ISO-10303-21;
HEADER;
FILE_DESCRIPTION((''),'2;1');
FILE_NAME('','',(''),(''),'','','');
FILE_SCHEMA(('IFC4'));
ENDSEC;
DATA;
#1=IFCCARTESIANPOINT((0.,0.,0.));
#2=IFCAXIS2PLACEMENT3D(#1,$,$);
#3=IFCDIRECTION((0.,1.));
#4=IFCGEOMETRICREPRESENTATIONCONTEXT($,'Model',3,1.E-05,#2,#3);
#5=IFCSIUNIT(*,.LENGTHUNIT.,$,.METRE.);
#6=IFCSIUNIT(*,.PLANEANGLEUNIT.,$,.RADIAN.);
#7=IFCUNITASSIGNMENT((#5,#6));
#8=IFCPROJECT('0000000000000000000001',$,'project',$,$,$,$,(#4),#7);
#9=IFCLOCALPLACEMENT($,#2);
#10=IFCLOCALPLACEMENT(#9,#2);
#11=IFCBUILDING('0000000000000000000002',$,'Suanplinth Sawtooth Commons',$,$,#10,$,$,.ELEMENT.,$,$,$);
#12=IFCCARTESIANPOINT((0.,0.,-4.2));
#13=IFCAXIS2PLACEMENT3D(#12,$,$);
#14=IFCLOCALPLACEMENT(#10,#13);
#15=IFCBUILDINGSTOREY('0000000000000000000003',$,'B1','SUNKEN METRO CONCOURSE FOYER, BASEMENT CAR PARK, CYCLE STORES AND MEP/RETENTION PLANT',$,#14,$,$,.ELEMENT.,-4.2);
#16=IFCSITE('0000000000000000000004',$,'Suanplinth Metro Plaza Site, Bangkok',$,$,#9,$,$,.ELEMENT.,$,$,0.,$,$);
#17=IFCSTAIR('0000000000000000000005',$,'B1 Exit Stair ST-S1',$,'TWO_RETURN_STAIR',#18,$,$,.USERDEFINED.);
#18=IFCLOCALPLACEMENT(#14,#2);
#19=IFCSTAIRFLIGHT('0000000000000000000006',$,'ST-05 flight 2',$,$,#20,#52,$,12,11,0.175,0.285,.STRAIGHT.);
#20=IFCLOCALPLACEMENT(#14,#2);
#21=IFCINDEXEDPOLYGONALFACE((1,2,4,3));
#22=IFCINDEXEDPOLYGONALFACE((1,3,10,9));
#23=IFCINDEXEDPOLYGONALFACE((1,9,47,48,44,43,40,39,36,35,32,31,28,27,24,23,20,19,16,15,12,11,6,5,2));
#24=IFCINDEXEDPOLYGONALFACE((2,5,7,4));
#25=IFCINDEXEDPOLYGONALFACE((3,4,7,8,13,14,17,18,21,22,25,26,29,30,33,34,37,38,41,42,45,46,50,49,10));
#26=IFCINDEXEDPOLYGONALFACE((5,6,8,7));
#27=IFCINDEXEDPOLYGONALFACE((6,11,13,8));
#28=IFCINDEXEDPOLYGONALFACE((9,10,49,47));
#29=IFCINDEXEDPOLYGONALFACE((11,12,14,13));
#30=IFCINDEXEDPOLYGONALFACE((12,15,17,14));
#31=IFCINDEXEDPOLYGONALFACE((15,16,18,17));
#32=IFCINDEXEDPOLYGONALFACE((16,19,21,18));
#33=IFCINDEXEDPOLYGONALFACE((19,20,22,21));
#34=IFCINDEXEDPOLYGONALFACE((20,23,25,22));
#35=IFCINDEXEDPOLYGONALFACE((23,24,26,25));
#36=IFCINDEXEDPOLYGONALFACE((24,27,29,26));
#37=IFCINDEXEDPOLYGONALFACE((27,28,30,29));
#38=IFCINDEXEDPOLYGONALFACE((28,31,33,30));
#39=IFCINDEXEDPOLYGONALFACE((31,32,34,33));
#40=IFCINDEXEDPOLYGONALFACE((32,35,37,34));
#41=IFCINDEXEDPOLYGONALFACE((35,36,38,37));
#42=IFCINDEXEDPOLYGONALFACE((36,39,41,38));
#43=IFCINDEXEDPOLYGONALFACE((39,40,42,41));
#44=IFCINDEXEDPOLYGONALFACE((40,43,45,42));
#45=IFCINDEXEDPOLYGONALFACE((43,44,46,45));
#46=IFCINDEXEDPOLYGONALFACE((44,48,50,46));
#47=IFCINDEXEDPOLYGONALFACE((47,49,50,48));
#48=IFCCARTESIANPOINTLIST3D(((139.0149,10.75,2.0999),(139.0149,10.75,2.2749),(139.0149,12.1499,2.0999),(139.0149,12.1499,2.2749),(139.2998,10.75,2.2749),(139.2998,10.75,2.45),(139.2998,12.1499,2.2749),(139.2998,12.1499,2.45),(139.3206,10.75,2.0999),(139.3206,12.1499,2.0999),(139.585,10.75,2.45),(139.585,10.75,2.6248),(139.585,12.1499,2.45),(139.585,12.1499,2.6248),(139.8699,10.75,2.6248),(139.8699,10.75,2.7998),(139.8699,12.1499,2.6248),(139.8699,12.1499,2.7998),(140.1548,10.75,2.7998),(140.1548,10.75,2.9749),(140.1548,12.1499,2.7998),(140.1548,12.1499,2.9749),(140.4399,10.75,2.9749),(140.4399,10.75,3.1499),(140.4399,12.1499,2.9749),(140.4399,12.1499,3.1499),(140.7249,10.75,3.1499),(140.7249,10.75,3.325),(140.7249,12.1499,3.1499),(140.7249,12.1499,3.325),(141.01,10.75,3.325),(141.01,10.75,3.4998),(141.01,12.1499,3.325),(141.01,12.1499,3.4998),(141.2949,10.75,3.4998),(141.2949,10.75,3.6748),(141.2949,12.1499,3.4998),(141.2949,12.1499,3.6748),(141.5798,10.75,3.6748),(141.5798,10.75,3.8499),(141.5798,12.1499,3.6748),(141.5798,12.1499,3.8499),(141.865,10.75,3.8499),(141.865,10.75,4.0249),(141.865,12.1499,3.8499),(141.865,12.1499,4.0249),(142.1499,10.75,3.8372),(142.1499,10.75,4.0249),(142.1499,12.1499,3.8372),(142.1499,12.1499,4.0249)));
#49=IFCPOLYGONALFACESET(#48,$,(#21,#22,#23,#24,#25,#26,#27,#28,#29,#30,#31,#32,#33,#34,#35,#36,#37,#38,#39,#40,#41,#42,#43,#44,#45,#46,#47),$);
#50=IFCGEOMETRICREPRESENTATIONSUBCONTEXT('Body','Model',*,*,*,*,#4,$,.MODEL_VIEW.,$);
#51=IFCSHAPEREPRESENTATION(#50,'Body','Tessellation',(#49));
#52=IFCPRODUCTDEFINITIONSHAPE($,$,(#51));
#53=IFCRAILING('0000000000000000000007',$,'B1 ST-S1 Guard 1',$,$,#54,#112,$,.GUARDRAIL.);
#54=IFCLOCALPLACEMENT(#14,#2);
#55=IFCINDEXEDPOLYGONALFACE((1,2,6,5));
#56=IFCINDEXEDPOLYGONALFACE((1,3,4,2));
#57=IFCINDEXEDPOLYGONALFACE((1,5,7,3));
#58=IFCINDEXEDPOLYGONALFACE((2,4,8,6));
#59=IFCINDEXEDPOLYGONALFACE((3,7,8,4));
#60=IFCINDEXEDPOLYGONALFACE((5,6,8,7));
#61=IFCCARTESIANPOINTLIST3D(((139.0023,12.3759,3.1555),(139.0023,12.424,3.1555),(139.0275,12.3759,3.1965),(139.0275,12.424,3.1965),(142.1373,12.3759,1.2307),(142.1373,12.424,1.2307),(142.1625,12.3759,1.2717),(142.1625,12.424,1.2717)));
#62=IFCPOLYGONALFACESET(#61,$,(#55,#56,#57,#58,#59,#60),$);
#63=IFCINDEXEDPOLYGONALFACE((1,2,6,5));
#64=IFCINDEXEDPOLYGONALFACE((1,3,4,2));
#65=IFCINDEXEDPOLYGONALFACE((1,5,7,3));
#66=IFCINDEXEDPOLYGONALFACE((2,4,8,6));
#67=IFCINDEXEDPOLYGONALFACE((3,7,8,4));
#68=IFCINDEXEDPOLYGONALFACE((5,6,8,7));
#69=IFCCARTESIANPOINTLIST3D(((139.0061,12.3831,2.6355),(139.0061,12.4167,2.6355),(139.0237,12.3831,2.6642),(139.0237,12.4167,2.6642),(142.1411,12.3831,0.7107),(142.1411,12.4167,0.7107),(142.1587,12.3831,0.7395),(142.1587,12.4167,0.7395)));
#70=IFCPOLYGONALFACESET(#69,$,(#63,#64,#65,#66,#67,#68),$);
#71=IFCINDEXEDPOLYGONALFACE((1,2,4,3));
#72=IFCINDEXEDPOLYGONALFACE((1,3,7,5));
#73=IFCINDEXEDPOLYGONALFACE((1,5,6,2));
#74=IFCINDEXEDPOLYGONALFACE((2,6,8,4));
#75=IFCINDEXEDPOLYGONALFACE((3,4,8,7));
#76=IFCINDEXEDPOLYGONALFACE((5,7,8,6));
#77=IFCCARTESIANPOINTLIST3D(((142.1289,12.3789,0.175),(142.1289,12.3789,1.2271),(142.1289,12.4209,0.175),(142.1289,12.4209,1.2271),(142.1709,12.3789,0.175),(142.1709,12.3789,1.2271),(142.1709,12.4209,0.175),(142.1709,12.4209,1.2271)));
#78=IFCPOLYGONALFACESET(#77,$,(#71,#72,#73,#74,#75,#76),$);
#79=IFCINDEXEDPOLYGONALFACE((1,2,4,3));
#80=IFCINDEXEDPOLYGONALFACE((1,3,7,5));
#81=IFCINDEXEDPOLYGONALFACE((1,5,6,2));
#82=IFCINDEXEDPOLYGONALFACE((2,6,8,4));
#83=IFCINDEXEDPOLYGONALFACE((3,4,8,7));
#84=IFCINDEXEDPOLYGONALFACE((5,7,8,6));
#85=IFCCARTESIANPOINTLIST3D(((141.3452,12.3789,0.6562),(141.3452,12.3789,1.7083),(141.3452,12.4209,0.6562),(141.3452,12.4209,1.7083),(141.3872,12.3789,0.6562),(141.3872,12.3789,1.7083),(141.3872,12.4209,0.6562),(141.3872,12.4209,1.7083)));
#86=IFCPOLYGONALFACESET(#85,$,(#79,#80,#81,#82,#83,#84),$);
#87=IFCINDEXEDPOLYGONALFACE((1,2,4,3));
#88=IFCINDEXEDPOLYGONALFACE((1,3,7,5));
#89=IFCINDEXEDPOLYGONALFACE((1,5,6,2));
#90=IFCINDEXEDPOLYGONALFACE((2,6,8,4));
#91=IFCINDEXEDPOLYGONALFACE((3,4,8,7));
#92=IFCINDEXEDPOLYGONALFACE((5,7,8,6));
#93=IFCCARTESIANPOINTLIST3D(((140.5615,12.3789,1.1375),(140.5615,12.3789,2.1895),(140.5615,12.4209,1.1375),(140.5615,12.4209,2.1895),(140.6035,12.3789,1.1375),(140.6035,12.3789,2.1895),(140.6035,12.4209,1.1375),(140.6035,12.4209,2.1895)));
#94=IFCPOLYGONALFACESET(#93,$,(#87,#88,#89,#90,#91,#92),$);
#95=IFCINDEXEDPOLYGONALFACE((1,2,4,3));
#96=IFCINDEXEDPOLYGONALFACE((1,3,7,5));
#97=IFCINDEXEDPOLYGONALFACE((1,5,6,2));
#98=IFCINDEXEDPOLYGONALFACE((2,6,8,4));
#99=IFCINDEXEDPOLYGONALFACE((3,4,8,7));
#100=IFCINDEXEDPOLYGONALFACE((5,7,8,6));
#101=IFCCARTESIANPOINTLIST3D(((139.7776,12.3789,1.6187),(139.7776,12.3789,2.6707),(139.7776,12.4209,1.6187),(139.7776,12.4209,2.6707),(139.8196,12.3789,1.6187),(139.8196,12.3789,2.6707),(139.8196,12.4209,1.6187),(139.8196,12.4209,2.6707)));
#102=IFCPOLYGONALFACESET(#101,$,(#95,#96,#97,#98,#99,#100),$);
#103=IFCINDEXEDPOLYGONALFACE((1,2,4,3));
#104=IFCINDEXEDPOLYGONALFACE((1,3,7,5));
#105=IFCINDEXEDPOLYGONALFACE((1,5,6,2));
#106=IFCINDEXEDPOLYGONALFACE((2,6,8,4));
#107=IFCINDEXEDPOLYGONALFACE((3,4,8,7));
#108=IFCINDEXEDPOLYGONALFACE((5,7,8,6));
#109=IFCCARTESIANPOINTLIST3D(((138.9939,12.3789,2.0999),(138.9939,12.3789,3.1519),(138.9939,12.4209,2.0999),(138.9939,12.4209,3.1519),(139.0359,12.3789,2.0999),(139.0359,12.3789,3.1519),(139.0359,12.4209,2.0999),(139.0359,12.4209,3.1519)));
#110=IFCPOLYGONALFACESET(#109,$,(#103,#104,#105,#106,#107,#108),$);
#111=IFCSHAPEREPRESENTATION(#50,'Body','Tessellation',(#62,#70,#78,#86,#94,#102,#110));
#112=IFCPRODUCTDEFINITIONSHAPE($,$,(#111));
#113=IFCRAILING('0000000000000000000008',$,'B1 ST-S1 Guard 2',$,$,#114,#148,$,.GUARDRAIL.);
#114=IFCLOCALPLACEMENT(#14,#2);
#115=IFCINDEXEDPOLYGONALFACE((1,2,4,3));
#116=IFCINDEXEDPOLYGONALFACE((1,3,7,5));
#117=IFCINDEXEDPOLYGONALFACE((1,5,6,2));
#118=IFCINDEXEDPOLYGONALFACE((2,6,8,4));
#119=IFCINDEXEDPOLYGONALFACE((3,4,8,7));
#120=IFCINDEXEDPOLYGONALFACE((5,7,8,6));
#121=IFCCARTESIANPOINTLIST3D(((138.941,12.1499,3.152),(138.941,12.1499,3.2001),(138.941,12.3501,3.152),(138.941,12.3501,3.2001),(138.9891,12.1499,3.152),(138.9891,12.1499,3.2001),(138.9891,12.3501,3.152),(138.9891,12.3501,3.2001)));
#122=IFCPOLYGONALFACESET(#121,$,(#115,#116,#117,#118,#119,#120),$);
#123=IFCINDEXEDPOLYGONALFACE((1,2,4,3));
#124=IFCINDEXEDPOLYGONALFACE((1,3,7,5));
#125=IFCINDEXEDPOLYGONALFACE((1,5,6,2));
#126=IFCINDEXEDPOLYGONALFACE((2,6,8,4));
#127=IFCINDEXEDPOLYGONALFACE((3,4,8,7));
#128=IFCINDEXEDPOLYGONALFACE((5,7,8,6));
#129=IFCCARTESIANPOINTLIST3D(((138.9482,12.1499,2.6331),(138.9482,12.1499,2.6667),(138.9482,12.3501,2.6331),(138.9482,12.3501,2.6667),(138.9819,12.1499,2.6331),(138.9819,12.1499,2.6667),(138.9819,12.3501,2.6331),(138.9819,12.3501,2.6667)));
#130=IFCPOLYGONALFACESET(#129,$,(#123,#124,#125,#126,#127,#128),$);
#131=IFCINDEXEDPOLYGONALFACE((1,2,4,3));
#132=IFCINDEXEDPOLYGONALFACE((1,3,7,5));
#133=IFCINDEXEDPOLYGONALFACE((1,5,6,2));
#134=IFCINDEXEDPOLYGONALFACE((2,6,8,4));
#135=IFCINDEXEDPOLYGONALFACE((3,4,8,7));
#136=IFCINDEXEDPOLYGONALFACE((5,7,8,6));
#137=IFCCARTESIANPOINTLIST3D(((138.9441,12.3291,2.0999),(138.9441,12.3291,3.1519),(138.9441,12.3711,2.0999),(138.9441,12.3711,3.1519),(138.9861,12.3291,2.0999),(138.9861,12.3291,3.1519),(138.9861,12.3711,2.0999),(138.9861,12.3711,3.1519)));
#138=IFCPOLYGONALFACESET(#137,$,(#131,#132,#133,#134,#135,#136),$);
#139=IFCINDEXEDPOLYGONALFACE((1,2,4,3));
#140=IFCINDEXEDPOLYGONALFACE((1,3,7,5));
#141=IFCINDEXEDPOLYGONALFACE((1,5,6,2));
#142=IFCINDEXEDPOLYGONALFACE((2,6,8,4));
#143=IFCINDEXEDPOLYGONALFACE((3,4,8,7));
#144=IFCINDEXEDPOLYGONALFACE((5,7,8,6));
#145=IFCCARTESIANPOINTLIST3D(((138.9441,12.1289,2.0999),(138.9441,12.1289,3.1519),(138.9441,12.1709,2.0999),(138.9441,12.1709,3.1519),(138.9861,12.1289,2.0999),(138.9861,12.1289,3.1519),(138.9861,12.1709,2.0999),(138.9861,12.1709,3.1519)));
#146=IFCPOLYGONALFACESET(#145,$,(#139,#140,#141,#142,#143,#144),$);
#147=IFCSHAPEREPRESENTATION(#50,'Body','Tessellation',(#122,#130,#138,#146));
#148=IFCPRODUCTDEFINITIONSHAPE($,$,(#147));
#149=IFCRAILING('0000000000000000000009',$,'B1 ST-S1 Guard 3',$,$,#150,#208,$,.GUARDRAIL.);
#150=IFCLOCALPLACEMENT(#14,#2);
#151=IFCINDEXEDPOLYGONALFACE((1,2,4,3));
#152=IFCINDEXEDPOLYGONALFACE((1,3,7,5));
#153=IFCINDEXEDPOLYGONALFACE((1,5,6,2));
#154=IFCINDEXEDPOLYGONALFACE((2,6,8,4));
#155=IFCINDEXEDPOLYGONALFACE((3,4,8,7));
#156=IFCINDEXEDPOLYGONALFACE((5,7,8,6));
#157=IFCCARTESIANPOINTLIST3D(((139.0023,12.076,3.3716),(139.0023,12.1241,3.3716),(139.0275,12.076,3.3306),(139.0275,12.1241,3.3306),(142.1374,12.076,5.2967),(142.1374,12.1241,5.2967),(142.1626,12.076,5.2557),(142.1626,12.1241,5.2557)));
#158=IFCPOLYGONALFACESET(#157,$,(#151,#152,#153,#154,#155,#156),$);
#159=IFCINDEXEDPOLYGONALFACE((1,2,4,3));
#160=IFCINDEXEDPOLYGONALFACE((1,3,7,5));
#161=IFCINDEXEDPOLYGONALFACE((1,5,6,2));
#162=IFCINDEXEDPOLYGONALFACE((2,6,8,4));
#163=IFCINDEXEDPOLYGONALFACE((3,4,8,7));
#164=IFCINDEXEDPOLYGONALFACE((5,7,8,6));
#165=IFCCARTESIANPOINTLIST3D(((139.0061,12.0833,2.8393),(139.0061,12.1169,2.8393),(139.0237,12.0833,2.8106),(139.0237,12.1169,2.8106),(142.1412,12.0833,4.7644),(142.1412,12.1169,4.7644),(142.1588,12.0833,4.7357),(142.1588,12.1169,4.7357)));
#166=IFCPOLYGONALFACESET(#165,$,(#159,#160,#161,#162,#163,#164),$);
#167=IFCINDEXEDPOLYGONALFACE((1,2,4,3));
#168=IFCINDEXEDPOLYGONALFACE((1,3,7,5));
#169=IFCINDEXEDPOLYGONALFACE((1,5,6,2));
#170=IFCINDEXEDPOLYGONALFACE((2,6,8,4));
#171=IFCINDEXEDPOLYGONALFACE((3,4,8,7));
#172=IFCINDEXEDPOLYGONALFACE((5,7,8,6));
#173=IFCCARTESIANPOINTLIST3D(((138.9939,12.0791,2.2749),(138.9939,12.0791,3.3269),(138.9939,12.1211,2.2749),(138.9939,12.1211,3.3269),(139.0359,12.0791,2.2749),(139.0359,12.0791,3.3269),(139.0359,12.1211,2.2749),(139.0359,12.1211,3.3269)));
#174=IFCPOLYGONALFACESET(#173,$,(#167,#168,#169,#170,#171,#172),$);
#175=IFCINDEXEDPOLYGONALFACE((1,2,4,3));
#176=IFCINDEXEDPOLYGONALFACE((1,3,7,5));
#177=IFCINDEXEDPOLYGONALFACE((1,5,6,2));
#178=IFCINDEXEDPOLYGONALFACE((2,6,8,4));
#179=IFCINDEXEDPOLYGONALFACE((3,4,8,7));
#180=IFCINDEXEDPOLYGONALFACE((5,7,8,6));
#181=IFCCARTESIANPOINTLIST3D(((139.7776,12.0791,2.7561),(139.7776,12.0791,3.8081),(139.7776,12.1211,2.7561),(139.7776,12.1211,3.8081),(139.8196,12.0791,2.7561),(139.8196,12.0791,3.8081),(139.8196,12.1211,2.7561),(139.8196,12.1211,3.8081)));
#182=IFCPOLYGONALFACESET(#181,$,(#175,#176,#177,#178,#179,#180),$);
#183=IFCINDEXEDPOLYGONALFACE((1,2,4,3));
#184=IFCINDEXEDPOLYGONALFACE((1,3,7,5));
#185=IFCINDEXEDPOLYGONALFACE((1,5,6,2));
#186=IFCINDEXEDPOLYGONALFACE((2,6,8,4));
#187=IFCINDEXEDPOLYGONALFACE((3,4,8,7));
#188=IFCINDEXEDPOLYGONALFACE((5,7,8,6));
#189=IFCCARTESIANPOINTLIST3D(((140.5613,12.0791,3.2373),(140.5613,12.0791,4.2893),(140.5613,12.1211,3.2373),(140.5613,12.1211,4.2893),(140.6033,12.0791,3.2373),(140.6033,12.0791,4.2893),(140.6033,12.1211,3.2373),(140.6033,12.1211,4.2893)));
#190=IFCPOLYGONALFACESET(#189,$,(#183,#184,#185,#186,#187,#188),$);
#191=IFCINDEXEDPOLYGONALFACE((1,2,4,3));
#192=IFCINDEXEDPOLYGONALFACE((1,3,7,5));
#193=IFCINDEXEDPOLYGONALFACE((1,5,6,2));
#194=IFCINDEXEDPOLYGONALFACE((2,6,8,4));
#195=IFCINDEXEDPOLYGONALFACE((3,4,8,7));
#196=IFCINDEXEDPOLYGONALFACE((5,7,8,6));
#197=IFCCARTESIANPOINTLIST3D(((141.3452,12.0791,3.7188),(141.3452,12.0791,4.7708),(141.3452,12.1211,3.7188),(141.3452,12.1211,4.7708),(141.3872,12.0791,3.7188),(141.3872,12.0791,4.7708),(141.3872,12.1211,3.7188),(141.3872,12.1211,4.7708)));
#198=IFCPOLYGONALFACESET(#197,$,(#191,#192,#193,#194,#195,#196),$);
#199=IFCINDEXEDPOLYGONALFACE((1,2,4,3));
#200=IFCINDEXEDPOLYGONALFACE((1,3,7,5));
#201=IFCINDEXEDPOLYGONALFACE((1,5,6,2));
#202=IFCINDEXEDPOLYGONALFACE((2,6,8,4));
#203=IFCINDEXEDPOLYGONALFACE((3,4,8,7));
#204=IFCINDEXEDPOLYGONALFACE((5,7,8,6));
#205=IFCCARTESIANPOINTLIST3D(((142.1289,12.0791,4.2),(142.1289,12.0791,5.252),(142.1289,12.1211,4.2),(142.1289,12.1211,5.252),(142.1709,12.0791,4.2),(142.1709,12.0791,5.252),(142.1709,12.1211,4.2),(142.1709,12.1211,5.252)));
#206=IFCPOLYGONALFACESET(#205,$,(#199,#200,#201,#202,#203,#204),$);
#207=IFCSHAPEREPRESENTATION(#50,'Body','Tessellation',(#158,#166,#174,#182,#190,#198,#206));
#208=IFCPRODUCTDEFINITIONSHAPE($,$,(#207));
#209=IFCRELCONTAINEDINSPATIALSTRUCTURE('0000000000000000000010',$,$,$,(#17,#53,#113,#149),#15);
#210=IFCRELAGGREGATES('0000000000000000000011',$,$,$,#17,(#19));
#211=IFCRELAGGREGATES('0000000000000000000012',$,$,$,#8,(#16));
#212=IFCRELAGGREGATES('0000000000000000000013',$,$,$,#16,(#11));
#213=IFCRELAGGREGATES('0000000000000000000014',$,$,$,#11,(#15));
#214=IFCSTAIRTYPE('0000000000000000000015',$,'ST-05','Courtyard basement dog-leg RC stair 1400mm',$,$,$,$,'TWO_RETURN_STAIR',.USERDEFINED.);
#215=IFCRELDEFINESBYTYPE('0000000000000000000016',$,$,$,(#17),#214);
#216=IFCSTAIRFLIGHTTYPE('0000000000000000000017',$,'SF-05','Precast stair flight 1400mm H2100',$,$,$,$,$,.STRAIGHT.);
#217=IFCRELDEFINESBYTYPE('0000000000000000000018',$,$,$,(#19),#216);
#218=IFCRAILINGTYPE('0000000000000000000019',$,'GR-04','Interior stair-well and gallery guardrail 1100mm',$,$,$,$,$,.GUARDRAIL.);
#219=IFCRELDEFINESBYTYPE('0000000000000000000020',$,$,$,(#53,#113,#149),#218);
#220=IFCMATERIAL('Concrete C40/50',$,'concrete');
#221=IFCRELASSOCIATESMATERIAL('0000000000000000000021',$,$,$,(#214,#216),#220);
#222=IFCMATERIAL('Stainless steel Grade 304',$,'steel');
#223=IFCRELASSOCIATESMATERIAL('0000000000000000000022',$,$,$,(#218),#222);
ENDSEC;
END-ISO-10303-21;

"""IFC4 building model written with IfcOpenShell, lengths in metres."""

from ifc_helpers import new_model, si_unit, direction, frame, origin, origin_2d, place, context, subcontext, project, spatial, polyline, rectangle, outline, extrude, material, type_object, element, aggregate, save


model = new_model("IFC4")

# Units and contexts
model_context = context("Model", 3, precision=1e-05, world=origin(), true_north=direction((0.0, 1.0)))
body_context = subcontext(model_context, "Body", "Model", "MODEL_VIEW")
ifc_project = project(units=[si_unit("LENGTHUNIT", "METRE"), si_unit("PLANEANGLEUNIT", "RADIAN")], contexts=[model_context])

# Site, building, storey
site_placement = place(None, origin())
site = spatial("IfcSite", under=ifc_project, at=site_placement, Name="Suanplinth Metro Plaza Site, Bangkok", CompositionType="ELEMENT", RefElevation=0.0)
building_placement = place(site_placement, origin())
building = spatial("IfcBuilding", under=site, at=building_placement, Name="Suanplinth Sawtooth Commons", CompositionType="ELEMENT")
storey_placement = place(building_placement, frame((0.0, 0.0, -4.2)))
storey = spatial("IfcBuildingStorey", under=building, at=storey_placement, Name="B1", Description="SUNKEN METRO CONCOURSE FOYER, BASEMENT CAR PARK, CYCLE STORES AND MEP/RETENTION PLANT", CompositionType="ELEMENT", Elevation=-4.2)

# Shared definitions
ifc_material_1 = material(Name="Concrete C40/50", Category="concrete")

# Shared definitions
ifc_material_2 = material(Name="Stainless steel Grade 304", Category="steel")

# Stair, stair flight
stair_type = type_object("IfcStairType", Name="ST-05", Description="Courtyard basement dog-leg RC stair 1400mm", ElementType="TWO_RETURN_STAIR", PredefinedType="USERDEFINED", material=ifc_material_1)
stair_placement = place(storey_placement, origin())
stair = element("IfcStair", 1, at=stair_placement, inside=storey, type_object=stair_type, Name="B1 Exit Stair ST-S1", ObjectType="TWO_RETURN_STAIR", PredefinedType="USERDEFINED")
stair_flight_type = type_object("IfcStairFlightType", Name="SF-05", Description="Precast stair flight 1400mm H2100", PredefinedType="STRAIGHT", material=ifc_material_1)
stair_flight_1_placement = place(storey_placement, frame((139.0149, 11.45, 2.0999), z_axis=(0.0, 0.0, 1.0), x_axis=(1.0, 0.0, 0.0)))
stair_flight_1 = element("IfcStairFlight", 2, at=stair_flight_1_placement, type_object=stair_flight_type, Name="ST-05 flight 2", NumberOfRisers=12, NumberOfTreads=11, PredefinedType="STRAIGHT", RiserHeight=0.175, TreadLength=0.285, context=body_context, shape_type="SweptSolid", body=[
    extrude(outline(polyline([(0.0, 0.0), (0.0, 0.175), (0.2849, 0.175), (0.2849, 0.3501), (0.5701, 0.3501), (0.5701, 0.5249), (0.855, 0.5249), (0.855, 0.7), (1.1399, 0.7), (1.1399, 0.875), (1.425, 0.875), (1.425, 1.05), (1.71, 1.05), (1.71, 1.2251), (1.9951, 1.2251), (1.9951, 1.3999), (2.28, 1.3999), (2.28, 1.575), (2.5649, 1.575), (2.5649, 1.75), (2.8501, 1.75), (2.8501, 1.925), (3.135, 1.925), (3.135, 2.1001), (3.135, 1.7373), (0.3057, 0.0), (0.0, 0.0)])), frame((0.0, 0.7, 0.0), z_axis=(0.0, -1.0, 0.0), x_axis=(1.0, 0.0, 0.0)), (0.0, 0.0, 1.0), 1.3999),
])
aggregate(stair, [stair_flight_1])

# Railings
railing_type_1 = type_object("IfcRailingType", Name="GR-04", Description="Interior stair-well and gallery guardrail 1100mm", PredefinedType="GUARDRAIL", material=ifc_material_2)
railing_1_placement = place(storey_placement, frame((142.1499, 12.3999, 0.175)))
element("IfcRailing", 3, at=railing_1_placement, inside=storey, type_object=railing_type_1, Name="B1 ST-S1 Guard 1", PredefinedType="GUARDRAIL", context=body_context, shape_type="SweptSolid", body=[
    extrude(rectangle(XDim=0.0481, YDim=0.0481, at=origin_2d()), frame((0.0, 0.0, 1.0762), z_axis=(-0.852196, 0.0, 0.523223), x_axis=(0.0, -1.0, 0.0)), (0.0, 0.0, 1.0), 3.6787),
    extrude(rectangle(XDim=0.0337, YDim=0.0337, at=origin_2d()), frame((0.0, 0.0, 0.55), z_axis=(-0.852196, 0.0, 0.523223), x_axis=(0.0, -1.0, 0.0)), (0.0, 0.0, 1.0), 3.6787),
    extrude(rectangle(XDim=0.042, YDim=0.042, at=origin_2d()), origin(), (0.0, 0.0, 1.0), 1.052),
    extrude(rectangle(XDim=0.042, YDim=0.042, at=origin_2d()), frame((-0.7837, 0.0, 0.4812)), (0.0, 0.0, 1.0), 1.052),
    extrude(rectangle(XDim=0.042, YDim=0.042, at=origin_2d()), frame((-1.5674, 0.0, 0.9624)), (0.0, 0.0, 1.0), 1.052),
    extrude(rectangle(XDim=0.042, YDim=0.042, at=origin_2d()), frame((-2.3513, 0.0, 1.4436)), (0.0, 0.0, 1.0), 1.052),
    extrude(rectangle(XDim=0.042, YDim=0.042, at=origin_2d()), frame((-3.135, 0.0, 1.9248)), (0.0, 0.0, 1.0), 1.052),
])
railing_2_placement = place(storey_placement, frame((138.9651, 12.3501, 2.0999)))
element("IfcRailing", 4, at=railing_2_placement, inside=storey, type_object=railing_type_1, Name="B1 ST-S1 Guard 2", PredefinedType="GUARDRAIL", context=body_context, shape_type="SweptSolid", body=[
    extrude(rectangle(XDim=0.0481, YDim=0.0481, at=origin_2d()), frame((0.0, 0.0, 1.0762), z_axis=(0.0, -1.0, 0.0), x_axis=(1.0, 0.0, 0.0)), (0.0, 0.0, 1.0), 0.2002),
    extrude(rectangle(XDim=0.0337, YDim=0.0337, at=origin_2d()), frame((0.0, 0.0, 0.55), z_axis=(0.0, -1.0, 0.0), x_axis=(1.0, 0.0, 0.0)), (0.0, 0.0, 1.0), 0.2002),
    extrude(rectangle(XDim=0.042, YDim=0.042, at=origin_2d()), origin(), (0.0, 0.0, 1.0), 1.052),
    extrude(rectangle(XDim=0.042, YDim=0.042, at=origin_2d()), frame((0.0, -0.2002, 0.0)), (0.0, 0.0, 1.0), 1.052),
])
railing_3_placement = place(storey_placement, frame((139.0149, 12.1001, 2.2749)))
element("IfcRailing", 5, at=railing_3_placement, inside=storey, type_object=railing_type_1, Name="B1 ST-S1 Guard 3", PredefinedType="GUARDRAIL", context=body_context, shape_type="SweptSolid", body=[
    extrude(rectangle(XDim=0.0481, YDim=0.0481, at=origin_2d()), frame((0.0, 0.0, 1.0762), z_axis=(0.852166, 0.0, 0.523271), x_axis=(0.0, 1.0, 0.0)), (0.0, 0.0, 1.0), 3.679),
    extrude(rectangle(XDim=0.0337, YDim=0.0337, at=origin_2d()), frame((0.0, 0.0, 0.55), z_axis=(0.852166, 0.0, 0.523271), x_axis=(0.0, 1.0, 0.0)), (0.0, 0.0, 1.0), 3.679),
    extrude(rectangle(XDim=0.042, YDim=0.042, at=origin_2d()), origin(), (0.0, 0.0, 1.0), 1.052),
    extrude(rectangle(XDim=0.042, YDim=0.042, at=origin_2d()), frame((0.7837, 0.0, 0.4812)), (0.0, 0.0, 1.0), 1.052),
    extrude(rectangle(XDim=0.042, YDim=0.042, at=origin_2d()), frame((1.5674, 0.0, 0.9624)), (0.0, 0.0, 1.0), 1.052),
    extrude(rectangle(XDim=0.042, YDim=0.042, at=origin_2d()), frame((2.3513, 0.0, 1.4438)), (0.0, 0.0, 1.0), 1.052),
    extrude(rectangle(XDim=0.042, YDim=0.042, at=origin_2d()), frame((3.135, 0.0, 1.925)), (0.0, 0.0, 1.0), 1.052),
])

save(model, "model.ifc")
